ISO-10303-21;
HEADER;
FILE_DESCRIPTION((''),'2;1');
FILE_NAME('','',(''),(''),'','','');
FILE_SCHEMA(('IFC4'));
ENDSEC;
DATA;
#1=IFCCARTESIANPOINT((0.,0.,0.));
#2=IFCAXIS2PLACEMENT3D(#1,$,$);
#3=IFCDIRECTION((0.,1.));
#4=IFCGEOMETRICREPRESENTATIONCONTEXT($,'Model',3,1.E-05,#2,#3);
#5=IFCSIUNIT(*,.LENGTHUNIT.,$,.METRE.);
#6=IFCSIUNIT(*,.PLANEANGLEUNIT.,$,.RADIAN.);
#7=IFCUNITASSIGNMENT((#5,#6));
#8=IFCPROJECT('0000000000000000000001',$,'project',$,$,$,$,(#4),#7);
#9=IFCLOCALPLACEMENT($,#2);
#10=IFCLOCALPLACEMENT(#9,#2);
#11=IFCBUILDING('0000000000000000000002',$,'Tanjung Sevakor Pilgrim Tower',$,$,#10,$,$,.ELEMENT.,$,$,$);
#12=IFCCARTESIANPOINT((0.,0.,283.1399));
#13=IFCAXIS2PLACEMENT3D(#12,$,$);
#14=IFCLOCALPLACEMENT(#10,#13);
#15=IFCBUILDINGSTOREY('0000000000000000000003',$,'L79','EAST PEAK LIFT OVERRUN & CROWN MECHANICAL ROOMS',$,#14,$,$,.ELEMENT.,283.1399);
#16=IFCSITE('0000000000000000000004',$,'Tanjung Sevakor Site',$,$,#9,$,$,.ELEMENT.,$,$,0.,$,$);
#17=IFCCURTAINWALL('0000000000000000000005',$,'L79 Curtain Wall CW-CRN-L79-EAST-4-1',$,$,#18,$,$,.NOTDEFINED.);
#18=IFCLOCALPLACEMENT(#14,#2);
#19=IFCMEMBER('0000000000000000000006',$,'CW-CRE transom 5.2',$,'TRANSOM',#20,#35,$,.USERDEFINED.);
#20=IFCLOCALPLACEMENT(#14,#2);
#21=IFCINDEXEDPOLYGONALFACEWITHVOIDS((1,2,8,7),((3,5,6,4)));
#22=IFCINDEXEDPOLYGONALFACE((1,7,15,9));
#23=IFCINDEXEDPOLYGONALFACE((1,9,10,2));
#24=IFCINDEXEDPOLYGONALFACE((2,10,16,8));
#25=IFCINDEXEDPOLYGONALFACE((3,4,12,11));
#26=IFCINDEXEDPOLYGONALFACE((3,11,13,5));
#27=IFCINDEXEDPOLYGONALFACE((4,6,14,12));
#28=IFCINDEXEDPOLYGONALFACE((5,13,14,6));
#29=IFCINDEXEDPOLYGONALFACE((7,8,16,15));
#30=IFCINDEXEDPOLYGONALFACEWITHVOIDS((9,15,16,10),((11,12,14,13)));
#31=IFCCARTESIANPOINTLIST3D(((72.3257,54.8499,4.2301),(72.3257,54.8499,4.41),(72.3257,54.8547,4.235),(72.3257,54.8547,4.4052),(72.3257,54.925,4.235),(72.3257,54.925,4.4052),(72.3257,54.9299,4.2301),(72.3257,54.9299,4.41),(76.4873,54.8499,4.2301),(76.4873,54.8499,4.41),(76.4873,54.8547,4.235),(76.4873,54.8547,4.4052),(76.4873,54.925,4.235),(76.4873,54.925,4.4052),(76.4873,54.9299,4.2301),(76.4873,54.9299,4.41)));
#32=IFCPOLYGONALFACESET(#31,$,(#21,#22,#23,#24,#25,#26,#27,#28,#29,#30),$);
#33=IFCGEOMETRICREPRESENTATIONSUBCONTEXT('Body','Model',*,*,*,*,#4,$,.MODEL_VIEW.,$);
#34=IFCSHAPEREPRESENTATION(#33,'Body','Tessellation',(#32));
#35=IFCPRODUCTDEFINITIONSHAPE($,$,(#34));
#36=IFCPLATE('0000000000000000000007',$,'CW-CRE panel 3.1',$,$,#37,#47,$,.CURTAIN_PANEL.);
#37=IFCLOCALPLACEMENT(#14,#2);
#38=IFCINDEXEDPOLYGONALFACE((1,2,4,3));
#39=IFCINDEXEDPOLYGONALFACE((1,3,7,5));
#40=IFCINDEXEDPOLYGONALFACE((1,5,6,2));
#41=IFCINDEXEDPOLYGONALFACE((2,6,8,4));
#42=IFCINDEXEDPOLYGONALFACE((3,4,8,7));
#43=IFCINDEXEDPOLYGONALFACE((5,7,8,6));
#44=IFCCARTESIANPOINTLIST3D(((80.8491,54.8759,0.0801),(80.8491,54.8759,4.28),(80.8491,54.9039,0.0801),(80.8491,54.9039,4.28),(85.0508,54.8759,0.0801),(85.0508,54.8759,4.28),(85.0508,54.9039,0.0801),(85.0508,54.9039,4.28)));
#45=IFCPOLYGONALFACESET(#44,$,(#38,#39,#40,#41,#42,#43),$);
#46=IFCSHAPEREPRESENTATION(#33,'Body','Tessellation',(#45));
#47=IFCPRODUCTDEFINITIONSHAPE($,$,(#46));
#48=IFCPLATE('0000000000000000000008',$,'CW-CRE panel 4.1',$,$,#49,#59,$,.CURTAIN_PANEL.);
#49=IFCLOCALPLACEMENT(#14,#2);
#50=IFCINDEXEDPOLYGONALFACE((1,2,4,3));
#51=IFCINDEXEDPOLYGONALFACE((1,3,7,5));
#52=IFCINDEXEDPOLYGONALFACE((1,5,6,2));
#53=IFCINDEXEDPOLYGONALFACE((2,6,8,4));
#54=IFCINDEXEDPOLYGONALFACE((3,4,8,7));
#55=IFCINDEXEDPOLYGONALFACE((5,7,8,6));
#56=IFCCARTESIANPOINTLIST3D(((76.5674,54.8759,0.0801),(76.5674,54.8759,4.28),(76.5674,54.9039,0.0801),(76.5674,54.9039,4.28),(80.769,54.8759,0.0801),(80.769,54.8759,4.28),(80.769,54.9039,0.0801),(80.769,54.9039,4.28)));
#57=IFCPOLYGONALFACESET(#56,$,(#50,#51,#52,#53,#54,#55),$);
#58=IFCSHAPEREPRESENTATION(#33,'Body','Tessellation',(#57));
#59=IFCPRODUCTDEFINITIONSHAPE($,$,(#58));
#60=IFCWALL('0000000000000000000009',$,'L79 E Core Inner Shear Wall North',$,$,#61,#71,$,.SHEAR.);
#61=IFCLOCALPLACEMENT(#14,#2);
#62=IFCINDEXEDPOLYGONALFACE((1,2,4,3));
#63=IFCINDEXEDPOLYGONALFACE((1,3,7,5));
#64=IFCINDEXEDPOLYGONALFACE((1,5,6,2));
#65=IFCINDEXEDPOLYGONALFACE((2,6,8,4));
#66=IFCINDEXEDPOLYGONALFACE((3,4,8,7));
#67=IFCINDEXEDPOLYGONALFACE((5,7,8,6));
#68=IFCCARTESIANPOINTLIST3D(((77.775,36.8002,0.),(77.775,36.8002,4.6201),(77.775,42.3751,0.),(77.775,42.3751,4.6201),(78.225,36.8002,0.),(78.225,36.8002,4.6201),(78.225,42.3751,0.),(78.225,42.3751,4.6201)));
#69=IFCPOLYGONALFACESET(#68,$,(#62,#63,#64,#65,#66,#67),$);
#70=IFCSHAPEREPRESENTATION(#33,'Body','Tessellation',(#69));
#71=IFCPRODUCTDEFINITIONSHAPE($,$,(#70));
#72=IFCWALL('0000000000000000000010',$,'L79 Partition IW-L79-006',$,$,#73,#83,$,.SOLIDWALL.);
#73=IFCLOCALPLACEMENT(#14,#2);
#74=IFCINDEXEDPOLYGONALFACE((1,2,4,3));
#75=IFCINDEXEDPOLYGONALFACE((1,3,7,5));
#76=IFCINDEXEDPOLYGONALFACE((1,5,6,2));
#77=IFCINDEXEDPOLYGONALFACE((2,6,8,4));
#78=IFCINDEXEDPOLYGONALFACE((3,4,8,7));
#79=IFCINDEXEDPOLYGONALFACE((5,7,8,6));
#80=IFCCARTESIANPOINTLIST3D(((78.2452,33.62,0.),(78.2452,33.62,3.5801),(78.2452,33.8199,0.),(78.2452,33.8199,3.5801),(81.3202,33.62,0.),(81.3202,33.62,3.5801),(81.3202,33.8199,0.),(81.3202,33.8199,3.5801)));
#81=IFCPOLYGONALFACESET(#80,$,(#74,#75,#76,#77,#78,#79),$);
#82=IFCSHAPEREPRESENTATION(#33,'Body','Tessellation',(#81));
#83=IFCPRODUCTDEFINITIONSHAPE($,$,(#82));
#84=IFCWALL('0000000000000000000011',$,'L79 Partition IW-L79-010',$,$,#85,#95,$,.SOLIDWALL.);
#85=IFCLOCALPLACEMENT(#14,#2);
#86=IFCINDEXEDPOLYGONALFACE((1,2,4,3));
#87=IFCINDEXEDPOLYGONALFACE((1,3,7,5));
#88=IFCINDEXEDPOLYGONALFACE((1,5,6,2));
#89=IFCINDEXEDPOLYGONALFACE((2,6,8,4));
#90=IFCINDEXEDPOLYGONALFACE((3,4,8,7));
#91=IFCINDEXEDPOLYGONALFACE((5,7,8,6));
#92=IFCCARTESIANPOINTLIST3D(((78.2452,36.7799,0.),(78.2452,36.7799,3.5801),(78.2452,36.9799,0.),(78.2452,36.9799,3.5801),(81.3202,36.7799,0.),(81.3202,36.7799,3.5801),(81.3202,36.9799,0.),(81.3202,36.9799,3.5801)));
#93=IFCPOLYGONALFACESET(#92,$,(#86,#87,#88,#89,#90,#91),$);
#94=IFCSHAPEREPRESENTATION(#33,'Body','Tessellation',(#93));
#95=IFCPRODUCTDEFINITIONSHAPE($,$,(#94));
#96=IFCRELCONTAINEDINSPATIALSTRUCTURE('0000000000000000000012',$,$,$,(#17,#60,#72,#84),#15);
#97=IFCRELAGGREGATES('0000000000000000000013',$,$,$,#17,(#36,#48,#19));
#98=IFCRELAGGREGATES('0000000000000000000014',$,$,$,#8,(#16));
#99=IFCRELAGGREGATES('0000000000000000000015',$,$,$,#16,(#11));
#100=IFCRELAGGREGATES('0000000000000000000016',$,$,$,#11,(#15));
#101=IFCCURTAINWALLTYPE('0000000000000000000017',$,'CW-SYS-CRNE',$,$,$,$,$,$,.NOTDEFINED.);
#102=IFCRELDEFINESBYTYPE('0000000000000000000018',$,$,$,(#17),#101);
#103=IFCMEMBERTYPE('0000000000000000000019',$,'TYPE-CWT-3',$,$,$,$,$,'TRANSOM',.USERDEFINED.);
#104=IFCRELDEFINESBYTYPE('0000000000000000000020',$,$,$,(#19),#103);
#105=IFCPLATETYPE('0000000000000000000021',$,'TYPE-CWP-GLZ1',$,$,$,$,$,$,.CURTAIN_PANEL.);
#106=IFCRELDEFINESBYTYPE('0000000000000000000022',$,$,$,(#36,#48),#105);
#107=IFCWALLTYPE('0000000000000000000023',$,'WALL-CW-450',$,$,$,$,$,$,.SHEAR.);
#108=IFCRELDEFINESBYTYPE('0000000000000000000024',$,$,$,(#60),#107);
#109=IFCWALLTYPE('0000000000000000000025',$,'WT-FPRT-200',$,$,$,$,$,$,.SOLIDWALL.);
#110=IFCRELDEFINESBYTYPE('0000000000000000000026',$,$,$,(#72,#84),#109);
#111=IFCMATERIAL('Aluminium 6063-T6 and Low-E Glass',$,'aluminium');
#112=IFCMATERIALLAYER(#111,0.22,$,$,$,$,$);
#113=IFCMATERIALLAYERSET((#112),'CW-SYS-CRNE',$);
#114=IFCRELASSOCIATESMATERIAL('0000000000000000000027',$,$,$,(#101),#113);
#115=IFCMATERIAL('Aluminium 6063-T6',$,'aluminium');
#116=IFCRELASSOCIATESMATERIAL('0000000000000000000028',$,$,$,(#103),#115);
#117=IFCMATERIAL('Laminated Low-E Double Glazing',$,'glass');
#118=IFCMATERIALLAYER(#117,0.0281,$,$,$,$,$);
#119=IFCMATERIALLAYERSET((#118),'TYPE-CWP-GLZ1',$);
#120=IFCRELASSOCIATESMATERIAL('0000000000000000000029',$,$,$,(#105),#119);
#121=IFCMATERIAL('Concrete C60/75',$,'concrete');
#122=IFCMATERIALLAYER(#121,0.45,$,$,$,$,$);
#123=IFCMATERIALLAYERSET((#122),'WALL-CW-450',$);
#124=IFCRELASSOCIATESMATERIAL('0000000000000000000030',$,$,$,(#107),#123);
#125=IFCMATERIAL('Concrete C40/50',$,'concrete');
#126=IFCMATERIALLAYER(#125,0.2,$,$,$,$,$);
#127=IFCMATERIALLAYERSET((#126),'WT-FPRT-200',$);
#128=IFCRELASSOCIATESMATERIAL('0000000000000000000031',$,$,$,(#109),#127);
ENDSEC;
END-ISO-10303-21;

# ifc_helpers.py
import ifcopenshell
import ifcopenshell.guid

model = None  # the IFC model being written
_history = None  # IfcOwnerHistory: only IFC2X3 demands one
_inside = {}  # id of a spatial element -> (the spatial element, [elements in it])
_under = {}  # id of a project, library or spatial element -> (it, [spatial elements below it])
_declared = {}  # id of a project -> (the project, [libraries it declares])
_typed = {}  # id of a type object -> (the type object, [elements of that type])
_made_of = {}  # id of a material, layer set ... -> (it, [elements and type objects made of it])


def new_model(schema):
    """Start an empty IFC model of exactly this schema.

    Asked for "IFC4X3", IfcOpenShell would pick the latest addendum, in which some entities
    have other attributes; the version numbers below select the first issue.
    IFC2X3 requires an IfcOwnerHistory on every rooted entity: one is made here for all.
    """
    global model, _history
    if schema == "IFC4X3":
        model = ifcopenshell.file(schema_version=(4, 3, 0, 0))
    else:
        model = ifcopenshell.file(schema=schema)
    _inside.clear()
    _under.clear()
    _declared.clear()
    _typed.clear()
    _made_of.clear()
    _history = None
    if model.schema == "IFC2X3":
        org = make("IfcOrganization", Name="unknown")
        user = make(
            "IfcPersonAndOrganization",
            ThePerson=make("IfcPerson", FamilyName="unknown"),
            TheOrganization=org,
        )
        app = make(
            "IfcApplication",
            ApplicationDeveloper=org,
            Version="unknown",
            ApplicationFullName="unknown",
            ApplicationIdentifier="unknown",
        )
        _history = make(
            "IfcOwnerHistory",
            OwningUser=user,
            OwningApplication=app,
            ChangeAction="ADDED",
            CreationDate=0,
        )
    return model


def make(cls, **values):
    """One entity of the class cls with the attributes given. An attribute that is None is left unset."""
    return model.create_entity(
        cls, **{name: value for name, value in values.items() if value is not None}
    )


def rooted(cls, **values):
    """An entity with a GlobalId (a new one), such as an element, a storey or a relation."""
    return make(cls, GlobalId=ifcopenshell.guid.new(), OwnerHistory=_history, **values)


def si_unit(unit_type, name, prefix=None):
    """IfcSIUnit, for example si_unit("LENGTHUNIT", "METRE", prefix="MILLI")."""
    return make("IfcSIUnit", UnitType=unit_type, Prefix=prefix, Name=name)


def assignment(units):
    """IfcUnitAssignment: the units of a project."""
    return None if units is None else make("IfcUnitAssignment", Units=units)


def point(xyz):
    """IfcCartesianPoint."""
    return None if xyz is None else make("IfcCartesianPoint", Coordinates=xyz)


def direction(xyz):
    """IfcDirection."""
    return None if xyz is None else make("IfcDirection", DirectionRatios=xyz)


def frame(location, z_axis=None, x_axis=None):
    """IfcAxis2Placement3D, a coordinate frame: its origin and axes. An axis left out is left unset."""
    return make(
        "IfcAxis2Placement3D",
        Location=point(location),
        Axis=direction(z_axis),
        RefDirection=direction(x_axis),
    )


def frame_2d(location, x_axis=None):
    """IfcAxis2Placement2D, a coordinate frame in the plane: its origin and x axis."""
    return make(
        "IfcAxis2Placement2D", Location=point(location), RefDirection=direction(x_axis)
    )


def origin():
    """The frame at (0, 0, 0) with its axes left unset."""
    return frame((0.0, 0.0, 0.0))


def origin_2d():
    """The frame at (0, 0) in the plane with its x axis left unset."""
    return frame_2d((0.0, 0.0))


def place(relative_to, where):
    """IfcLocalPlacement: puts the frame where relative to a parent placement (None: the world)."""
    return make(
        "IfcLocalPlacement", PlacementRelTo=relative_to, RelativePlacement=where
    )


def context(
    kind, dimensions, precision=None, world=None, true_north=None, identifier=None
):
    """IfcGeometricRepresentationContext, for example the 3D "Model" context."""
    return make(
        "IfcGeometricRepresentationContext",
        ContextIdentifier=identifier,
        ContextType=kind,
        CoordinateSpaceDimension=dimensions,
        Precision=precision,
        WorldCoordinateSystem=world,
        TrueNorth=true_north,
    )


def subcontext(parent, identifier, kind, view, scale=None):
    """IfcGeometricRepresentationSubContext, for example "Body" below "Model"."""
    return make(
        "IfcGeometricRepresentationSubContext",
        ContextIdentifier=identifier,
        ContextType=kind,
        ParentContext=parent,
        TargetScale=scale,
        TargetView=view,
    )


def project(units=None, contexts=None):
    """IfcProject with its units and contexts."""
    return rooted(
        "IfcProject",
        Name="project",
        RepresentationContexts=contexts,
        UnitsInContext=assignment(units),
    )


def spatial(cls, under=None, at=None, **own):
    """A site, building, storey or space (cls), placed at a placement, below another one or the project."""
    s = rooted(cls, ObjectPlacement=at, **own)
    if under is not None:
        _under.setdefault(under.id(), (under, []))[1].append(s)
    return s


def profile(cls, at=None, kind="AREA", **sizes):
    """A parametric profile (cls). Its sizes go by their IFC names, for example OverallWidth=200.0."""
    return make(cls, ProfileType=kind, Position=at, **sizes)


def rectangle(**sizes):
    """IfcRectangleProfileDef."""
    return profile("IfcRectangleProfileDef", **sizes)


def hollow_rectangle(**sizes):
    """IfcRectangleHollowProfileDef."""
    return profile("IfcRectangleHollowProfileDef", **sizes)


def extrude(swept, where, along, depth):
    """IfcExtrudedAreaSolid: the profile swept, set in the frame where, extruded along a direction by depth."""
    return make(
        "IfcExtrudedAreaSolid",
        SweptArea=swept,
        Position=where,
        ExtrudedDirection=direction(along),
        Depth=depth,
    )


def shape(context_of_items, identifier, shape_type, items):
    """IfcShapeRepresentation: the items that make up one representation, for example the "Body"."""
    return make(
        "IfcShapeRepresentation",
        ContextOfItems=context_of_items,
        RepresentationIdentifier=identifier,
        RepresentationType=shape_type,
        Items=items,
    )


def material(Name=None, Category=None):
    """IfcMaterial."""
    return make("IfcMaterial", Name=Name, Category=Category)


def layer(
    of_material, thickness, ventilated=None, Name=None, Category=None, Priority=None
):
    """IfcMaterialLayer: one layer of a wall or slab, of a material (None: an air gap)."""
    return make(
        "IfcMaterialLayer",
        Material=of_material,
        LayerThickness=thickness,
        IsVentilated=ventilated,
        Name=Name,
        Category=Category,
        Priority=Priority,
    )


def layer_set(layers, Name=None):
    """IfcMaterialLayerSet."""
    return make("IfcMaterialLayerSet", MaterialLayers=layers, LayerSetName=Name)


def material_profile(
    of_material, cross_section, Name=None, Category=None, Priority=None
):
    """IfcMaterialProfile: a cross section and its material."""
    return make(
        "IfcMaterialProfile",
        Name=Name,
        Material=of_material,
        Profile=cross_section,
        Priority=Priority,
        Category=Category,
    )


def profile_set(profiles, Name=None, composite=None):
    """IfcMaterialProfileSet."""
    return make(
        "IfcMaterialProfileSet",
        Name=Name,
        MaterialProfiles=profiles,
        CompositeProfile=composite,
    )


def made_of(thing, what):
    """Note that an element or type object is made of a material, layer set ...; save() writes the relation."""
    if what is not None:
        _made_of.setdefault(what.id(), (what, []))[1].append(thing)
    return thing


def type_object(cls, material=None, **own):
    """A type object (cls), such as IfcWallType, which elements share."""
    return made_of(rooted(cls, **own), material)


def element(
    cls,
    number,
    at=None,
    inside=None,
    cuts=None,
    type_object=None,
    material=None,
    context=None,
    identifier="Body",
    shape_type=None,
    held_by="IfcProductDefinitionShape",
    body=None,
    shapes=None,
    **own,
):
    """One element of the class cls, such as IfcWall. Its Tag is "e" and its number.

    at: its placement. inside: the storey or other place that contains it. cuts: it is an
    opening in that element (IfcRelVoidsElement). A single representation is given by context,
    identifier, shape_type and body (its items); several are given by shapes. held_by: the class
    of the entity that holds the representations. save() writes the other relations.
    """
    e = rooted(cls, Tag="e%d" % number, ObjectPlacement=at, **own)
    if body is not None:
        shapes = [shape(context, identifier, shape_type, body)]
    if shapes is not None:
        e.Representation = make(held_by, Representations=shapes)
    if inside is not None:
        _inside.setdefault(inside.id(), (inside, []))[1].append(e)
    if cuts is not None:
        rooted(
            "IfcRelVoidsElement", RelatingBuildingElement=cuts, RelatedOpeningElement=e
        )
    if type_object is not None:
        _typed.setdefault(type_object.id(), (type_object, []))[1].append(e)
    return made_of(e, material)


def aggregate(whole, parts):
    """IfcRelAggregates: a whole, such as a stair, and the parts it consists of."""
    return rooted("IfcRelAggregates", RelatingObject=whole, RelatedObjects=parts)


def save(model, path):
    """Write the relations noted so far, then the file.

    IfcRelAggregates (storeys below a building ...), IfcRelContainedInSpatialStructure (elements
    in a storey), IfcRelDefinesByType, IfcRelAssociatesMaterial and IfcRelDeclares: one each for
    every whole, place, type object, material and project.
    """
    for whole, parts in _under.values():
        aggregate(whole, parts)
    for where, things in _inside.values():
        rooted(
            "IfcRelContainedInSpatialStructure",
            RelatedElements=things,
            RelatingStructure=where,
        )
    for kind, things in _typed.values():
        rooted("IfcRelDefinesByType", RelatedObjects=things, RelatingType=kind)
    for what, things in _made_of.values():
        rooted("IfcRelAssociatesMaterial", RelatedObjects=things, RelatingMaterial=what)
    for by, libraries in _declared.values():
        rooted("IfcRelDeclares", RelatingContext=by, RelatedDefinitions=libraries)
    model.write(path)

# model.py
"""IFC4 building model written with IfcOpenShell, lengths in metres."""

from ifc_helpers import new_model, si_unit, direction, frame, frame_2d, origin, origin_2d, place, context, subcontext, project, spatial, rectangle, hollow_rectangle, extrude, material, layer, layer_set, material_profile, profile_set, type_object, element, aggregate, save


model = new_model("IFC4")

# Units and contexts
model_context = context("Model", 3, precision=1e-05, world=origin(), true_north=direction((0.0, 1.0)))
body_context = subcontext(model_context, "Body", "Model", "MODEL_VIEW")
ifc_project = project(units=[si_unit("LENGTHUNIT", "METRE"), si_unit("PLANEANGLEUNIT", "RADIAN")], contexts=[model_context])

# Site, building, storey
site_placement = place(None, origin())
site = spatial("IfcSite", under=ifc_project, at=site_placement, Name="Tanjung Sevakor Site", CompositionType="ELEMENT", RefElevation=0.0)
building_placement = place(site_placement, origin())
building = spatial("IfcBuilding", under=site, at=building_placement, Name="Tanjung Sevakor Pilgrim Tower", CompositionType="ELEMENT")
storey_placement = place(building_placement, frame((0.0, 0.0, 283.1399)))
storey = spatial("IfcBuildingStorey", under=building, at=storey_placement, Name="L79", Description="EAST PEAK LIFT OVERRUN & CROWN MECHANICAL ROOMS", CompositionType="ELEMENT", Elevation=283.1399)

# Curtain wall, member, plates
ifc_material_1 = material(Name="Aluminium 6063-T6 and Low-E Glass", Category="aluminium")
ifc_layer_1 = layer(ifc_material_1, 0.22)
ifc_layer_set_1 = layer_set([ifc_layer_1], Name="CW-SYS-CRNE")
curtain_wall_type = type_object("IfcCurtainWallType", Name="CW-SYS-CRNE", PredefinedType="NOTDEFINED", material=ifc_layer_set_1)
curtain_wall_placement = place(storey_placement, origin())
curtain_wall = element("IfcCurtainWall", 1, at=curtain_wall_placement, inside=storey, type_object=curtain_wall_type, Name="L79 Curtain Wall CW-CRN-L79-EAST-4-1", PredefinedType="NOTDEFINED")
ifc_material_2 = material(Name="Aluminium 6063-T6", Category="aluminium")
ifc_material_profile_1 = material_profile(ifc_material_2, hollow_rectangle(XDim=0.0801, YDim=0.1799, WallThickness=0.0049, at=origin_2d()))
ifc_profile_set_1 = profile_set([ifc_material_profile_1], Name="Aluminium 6063-T6")
member_type_1 = type_object("IfcMemberType", Name="TYPE-CWT-3", ElementType="TRANSOM", PredefinedType="USERDEFINED", material=ifc_profile_set_1)
member_1_placement = place(storey_placement, frame((76.4873, 54.8899, 4.3201), z_axis=(-1.0, 0.0, 0.0), x_axis=(0.0, -1.0, 0.0)))
member_1 = element("IfcMember", 2, at=member_1_placement, type_object=member_type_1, Name="CW-CRE transom 5.2", ObjectType="TRANSOM", PredefinedType="USERDEFINED", context=body_context, shape_type="SweptSolid", body=[
    extrude(hollow_rectangle(XDim=0.0801, YDim=0.1799, WallThickness=0.0049, at=origin_2d()), origin(), (0.0, 0.0, 1.0), 4.1616),
])
ifc_material_3 = material(Name="Laminated Low-E Double Glazing", Category="glass")
ifc_layer_2 = layer(ifc_material_3, 0.0281)
ifc_layer_set_2 = layer_set([ifc_layer_2], Name="TYPE-CWP-GLZ1")
plate_type = type_object("IfcPlateType", Name="TYPE-CWP-GLZ1", PredefinedType="CURTAIN_PANEL", material=ifc_layer_set_2)
plate_1_placement = place(storey_placement, frame((82.95, 54.8899, 0.0801), z_axis=(0.0, 0.0, 1.0), x_axis=(-1.0, 0.0, 0.0)))
plate_1 = element("IfcPlate", 3, at=plate_1_placement, type_object=plate_type, Name="CW-CRE panel 3.1", PredefinedType="CURTAIN_PANEL", context=body_context, shape_type="SweptSolid", body=[
    extrude(rectangle(XDim=4.2017, YDim=0.0281, at=origin_2d()), origin(), (0.0, 0.0, 1.0), 4.2),
])
plate_2_placement = place(storey_placement, frame((78.6682, 54.8899, 0.0801), z_axis=(0.0, 0.0, 1.0), x_axis=(-1.0, 0.0, 0.0)))
plate_2 = element("IfcPlate", 4, at=plate_2_placement, type_object=plate_type, Name="CW-CRE panel 4.1", PredefinedType="CURTAIN_PANEL", context=body_context, shape_type="SweptSolid", body=[
    extrude(rectangle(XDim=4.2017, YDim=0.0281, at=origin_2d()), origin(), (0.0, 0.0, 1.0), 4.2),
])
aggregate(curtain_wall, [plate_1, plate_2, member_1])

# Walls
ifc_material_4 = material(Name="Concrete C60/75", Category="concrete")
ifc_layer_3 = layer(ifc_material_4, 0.45)
ifc_layer_set_3 = layer_set([ifc_layer_3], Name="WALL-CW-450")
wall_type_1 = type_object("IfcWallType", Name="WALL-CW-450", PredefinedType="SHEAR", material=ifc_layer_set_3)
wall_1_placement = place(storey_placement, frame((78.0, 36.8, 0.0), z_axis=(0.0, 0.0, 1.0), x_axis=(0.0, 1.0, 0.0)))
element("IfcWall", 5, at=wall_1_placement, inside=storey, type_object=wall_type_1, Name="L79 E Core Inner Shear Wall North", PredefinedType="SHEAR", context=body_context, shape_type="SweptSolid", body=[
    extrude(rectangle(XDim=5.575, YDim=0.45, at=frame_2d((2.7876, 0.0))), origin(), (0.0, 0.0, 1.0), 4.6201),
])
ifc_material_5 = material(Name="Concrete C40/50", Category="concrete")
ifc_layer_4 = layer(ifc_material_5, 0.2)
ifc_layer_set_4 = layer_set([ifc_layer_4], Name="WT-FPRT-200")
wall_type_2 = type_object("IfcWallType", Name="WT-FPRT-200", PredefinedType="SOLIDWALL", material=ifc_layer_set_4)
wall_2_placement = place(storey_placement, frame((78.2451, 33.72, 0.0), z_axis=(0.0, 0.0, 1.0), x_axis=(1.0, 0.0, 0.0)))
element("IfcWall", 6, at=wall_2_placement, inside=storey, type_object=wall_type_2, Name="L79 Partition IW-L79-006", PredefinedType="SOLIDWALL", context=body_context, shape_type="SweptSolid", body=[
    extrude(rectangle(XDim=3.075, YDim=0.2, at=frame_2d((1.5376, 0.0))), origin(), (0.0, 0.0, 1.0), 3.5801),
])

# Wall
wall_3_placement = place(storey_placement, frame((78.2451, 36.8799, 0.0), z_axis=(0.0, 0.0, 1.0), x_axis=(1.0, 0.0, 0.0)))
element("IfcWall", 7, at=wall_3_placement, inside=storey, type_object=wall_type_2, Name="L79 Partition IW-L79-010", PredefinedType="SOLIDWALL", context=body_context, shape_type="SweptSolid", body=[
    extrude(rectangle(XDim=3.075, YDim=0.2, at=frame_2d((1.5376, 0.0))), origin(), (0.0, 0.0, 1.0), 3.5801),
])

save(model, "model.ifc")
